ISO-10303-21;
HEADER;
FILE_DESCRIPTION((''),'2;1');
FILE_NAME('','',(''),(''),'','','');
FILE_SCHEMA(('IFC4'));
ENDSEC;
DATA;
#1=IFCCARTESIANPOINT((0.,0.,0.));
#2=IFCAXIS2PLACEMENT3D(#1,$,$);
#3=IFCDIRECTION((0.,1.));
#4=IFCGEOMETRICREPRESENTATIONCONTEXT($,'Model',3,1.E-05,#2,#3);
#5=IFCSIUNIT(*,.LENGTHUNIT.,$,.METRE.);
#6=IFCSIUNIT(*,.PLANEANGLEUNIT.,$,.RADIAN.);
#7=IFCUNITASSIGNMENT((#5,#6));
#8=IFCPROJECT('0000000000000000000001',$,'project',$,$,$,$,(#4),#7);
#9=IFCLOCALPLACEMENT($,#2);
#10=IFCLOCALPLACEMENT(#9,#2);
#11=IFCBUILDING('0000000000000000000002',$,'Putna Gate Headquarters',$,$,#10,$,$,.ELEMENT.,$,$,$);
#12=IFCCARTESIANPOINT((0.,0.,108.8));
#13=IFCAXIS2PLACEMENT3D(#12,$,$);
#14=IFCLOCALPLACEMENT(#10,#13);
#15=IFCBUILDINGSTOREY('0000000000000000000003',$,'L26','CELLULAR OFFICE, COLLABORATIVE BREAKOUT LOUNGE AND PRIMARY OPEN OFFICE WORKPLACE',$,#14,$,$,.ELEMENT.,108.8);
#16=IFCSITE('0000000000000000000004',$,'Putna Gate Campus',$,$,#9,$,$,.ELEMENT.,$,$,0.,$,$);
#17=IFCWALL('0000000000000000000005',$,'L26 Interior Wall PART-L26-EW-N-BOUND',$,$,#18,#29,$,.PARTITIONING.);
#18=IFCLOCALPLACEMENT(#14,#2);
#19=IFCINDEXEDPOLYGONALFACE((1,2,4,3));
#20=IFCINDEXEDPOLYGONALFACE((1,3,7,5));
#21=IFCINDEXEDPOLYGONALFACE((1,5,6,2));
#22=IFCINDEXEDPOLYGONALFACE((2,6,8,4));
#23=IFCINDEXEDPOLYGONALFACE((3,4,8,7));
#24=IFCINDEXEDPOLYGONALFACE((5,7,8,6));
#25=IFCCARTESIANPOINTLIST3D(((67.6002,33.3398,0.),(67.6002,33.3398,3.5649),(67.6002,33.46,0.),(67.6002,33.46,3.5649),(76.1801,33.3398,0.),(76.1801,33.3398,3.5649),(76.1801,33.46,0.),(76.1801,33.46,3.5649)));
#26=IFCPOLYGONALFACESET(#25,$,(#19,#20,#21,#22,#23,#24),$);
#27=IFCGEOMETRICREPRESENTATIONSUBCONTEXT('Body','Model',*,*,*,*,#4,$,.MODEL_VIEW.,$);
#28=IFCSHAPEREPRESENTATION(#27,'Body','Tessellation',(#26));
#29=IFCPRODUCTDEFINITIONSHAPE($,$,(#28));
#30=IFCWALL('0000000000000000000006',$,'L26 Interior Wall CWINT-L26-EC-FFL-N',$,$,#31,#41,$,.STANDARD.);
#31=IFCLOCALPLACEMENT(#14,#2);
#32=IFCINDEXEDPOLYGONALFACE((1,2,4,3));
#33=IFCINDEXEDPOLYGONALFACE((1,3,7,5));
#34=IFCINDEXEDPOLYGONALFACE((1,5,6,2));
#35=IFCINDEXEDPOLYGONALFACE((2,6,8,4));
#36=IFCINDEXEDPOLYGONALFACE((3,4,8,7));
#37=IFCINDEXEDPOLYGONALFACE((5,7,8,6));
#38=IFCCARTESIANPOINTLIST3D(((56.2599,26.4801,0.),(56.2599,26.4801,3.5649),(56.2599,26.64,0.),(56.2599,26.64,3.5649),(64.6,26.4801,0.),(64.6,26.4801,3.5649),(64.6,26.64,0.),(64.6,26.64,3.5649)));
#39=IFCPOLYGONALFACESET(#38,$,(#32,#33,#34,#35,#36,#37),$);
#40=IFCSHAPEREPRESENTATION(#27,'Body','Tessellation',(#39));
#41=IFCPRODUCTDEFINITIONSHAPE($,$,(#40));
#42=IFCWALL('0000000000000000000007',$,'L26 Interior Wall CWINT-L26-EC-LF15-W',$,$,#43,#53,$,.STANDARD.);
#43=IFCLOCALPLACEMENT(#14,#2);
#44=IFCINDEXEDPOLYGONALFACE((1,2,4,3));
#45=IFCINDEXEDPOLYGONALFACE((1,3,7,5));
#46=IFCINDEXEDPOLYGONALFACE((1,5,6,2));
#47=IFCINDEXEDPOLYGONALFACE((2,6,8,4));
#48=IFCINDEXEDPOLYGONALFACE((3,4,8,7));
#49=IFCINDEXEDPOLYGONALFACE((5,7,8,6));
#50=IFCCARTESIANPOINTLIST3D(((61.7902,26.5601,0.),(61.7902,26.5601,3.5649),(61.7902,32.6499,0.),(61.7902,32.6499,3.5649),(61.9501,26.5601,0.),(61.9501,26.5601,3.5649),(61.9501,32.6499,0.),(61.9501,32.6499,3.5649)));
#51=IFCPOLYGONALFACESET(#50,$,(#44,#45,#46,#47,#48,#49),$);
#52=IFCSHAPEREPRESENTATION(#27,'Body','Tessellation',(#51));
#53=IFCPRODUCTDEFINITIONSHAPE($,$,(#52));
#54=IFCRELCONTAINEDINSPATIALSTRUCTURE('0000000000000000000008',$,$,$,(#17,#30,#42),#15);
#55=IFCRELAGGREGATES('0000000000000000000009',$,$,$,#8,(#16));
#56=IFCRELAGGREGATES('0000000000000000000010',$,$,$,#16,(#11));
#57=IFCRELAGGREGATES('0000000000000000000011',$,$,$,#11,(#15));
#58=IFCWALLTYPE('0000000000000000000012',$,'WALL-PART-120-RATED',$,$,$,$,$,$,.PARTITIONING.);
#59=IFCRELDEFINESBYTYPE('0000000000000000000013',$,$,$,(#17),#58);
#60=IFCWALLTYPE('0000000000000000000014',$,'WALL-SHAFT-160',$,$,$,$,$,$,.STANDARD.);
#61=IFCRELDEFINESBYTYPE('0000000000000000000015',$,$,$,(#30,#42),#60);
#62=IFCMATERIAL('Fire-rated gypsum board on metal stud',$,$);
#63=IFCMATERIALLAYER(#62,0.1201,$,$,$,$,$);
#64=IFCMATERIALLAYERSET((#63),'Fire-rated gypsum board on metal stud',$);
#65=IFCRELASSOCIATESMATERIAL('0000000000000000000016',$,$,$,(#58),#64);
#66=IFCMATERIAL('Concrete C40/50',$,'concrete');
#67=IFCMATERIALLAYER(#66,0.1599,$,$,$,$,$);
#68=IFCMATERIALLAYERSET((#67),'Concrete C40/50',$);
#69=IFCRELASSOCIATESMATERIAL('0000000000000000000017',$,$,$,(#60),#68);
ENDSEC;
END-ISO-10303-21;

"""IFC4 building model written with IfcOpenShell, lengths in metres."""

from ifc_helpers import new_model, si_unit, direction, frame, frame_2d, origin, place, context, subcontext, project, spatial, rectangle, extrude, material, layer, layer_set, type_object, element, save


model = new_model("IFC4")

# Units and contexts
model_context = context("Model", 3, precision=1e-05, world=origin(), true_north=direction((0.0, 1.0)))
body_context = subcontext(model_context, "Body", "Model", "MODEL_VIEW")
ifc_project = project(units=[si_unit("LENGTHUNIT", "METRE"), si_unit("PLANEANGLEUNIT", "RADIAN")], contexts=[model_context])

# Site, building, storey
site_placement = place(None, origin())
site = spatial("IfcSite", under=ifc_project, at=site_placement, Name="Putna Gate Campus", CompositionType="ELEMENT", RefElevation=0.0)
building_placement = place(site_placement, origin())
building = spatial("IfcBuilding", under=site, at=building_placement, Name="Putna Gate Headquarters", CompositionType="ELEMENT")
storey_placement = place(building_placement, frame((0.0, 0.0, 108.8)))
storey = spatial("IfcBuildingStorey", under=building, at=storey_placement, Name="L26", Description="CELLULAR OFFICE, COLLABORATIVE BREAKOUT LOUNGE AND PRIMARY OPEN OFFICE WORKPLACE", CompositionType="ELEMENT", Elevation=108.8)

# Shared definitions
ifc_material_1 = material(Name="Fire-rated gypsum board on metal stud")
ifc_layer_1 = layer(ifc_material_1, 0.1201)
ifc_layer_set_1 = layer_set([ifc_layer_1], Name="Fire-rated gypsum board on metal stud")
wall_type_1 = type_object("IfcWallType", Name="WALL-PART-120-RATED", PredefinedType="PARTITIONING", material=ifc_layer_set_1)

# Walls
wall_1_placement = place(storey_placement, frame((67.6001, 33.3999, 0.0), z_axis=(0.0, 0.0, 1.0), x_axis=(1.0, 0.0, 0.0)))
element("IfcWall", 1, at=wall_1_placement, inside=storey, type_object=wall_type_1, Name="L26 Interior Wall PART-L26-EW-N-BOUND", PredefinedType="PARTITIONING", context=body_context, shape_type="SweptSolid", body=[
    extrude(rectangle(XDim=8.5798, YDim=0.1201, at=frame_2d((4.29, 0.0))), origin(), (0.0, 0.0, 1.0), 3.5649),
])
ifc_material_2 = material(Name="Concrete C40/50", Category="concrete")
ifc_layer_2 = layer(ifc_material_2, 0.1599)
ifc_layer_set_2 = layer_set([ifc_layer_2], Name="Concrete C40/50")
wall_type_2 = type_object("IfcWallType", Name="WALL-SHAFT-160", PredefinedType="STANDARD", material=ifc_layer_set_2)
wall_2_placement = place(storey_placement, frame((56.26, 26.5601, 0.0), z_axis=(0.0, 0.0, 1.0), x_axis=(1.0, 0.0, 0.0)))
element("IfcWall", 2, at=wall_2_placement, inside=storey, type_object=wall_type_2, Name="L26 Interior Wall CWINT-L26-EC-FFL-N", PredefinedType="STANDARD", context=body_context, shape_type="SweptSolid", body=[
    extrude(rectangle(XDim=8.3401, YDim=0.1599, at=frame_2d((4.1699, 0.0))), origin(), (0.0, 0.0, 1.0), 3.5649),
])
wall_3_placement = place(storey_placement, frame((61.8701, 26.5601, 0.0), z_axis=(0.0, 0.0, 1.0), x_axis=(0.0, 1.0, 0.0)))
element("IfcWall", 3, at=wall_3_placement, inside=storey, type_object=wall_type_2, Name="L26 Interior Wall CWINT-L26-EC-LF15-W", PredefinedType="STANDARD", context=body_context, shape_type="SweptSolid", body=[
    extrude(rectangle(XDim=6.0898, YDim=0.1599, at=frame_2d((3.0449, 0.0))), origin(), (0.0, 0.0, 1.0), 3.5649),
])

save(model, "model.ifc")
